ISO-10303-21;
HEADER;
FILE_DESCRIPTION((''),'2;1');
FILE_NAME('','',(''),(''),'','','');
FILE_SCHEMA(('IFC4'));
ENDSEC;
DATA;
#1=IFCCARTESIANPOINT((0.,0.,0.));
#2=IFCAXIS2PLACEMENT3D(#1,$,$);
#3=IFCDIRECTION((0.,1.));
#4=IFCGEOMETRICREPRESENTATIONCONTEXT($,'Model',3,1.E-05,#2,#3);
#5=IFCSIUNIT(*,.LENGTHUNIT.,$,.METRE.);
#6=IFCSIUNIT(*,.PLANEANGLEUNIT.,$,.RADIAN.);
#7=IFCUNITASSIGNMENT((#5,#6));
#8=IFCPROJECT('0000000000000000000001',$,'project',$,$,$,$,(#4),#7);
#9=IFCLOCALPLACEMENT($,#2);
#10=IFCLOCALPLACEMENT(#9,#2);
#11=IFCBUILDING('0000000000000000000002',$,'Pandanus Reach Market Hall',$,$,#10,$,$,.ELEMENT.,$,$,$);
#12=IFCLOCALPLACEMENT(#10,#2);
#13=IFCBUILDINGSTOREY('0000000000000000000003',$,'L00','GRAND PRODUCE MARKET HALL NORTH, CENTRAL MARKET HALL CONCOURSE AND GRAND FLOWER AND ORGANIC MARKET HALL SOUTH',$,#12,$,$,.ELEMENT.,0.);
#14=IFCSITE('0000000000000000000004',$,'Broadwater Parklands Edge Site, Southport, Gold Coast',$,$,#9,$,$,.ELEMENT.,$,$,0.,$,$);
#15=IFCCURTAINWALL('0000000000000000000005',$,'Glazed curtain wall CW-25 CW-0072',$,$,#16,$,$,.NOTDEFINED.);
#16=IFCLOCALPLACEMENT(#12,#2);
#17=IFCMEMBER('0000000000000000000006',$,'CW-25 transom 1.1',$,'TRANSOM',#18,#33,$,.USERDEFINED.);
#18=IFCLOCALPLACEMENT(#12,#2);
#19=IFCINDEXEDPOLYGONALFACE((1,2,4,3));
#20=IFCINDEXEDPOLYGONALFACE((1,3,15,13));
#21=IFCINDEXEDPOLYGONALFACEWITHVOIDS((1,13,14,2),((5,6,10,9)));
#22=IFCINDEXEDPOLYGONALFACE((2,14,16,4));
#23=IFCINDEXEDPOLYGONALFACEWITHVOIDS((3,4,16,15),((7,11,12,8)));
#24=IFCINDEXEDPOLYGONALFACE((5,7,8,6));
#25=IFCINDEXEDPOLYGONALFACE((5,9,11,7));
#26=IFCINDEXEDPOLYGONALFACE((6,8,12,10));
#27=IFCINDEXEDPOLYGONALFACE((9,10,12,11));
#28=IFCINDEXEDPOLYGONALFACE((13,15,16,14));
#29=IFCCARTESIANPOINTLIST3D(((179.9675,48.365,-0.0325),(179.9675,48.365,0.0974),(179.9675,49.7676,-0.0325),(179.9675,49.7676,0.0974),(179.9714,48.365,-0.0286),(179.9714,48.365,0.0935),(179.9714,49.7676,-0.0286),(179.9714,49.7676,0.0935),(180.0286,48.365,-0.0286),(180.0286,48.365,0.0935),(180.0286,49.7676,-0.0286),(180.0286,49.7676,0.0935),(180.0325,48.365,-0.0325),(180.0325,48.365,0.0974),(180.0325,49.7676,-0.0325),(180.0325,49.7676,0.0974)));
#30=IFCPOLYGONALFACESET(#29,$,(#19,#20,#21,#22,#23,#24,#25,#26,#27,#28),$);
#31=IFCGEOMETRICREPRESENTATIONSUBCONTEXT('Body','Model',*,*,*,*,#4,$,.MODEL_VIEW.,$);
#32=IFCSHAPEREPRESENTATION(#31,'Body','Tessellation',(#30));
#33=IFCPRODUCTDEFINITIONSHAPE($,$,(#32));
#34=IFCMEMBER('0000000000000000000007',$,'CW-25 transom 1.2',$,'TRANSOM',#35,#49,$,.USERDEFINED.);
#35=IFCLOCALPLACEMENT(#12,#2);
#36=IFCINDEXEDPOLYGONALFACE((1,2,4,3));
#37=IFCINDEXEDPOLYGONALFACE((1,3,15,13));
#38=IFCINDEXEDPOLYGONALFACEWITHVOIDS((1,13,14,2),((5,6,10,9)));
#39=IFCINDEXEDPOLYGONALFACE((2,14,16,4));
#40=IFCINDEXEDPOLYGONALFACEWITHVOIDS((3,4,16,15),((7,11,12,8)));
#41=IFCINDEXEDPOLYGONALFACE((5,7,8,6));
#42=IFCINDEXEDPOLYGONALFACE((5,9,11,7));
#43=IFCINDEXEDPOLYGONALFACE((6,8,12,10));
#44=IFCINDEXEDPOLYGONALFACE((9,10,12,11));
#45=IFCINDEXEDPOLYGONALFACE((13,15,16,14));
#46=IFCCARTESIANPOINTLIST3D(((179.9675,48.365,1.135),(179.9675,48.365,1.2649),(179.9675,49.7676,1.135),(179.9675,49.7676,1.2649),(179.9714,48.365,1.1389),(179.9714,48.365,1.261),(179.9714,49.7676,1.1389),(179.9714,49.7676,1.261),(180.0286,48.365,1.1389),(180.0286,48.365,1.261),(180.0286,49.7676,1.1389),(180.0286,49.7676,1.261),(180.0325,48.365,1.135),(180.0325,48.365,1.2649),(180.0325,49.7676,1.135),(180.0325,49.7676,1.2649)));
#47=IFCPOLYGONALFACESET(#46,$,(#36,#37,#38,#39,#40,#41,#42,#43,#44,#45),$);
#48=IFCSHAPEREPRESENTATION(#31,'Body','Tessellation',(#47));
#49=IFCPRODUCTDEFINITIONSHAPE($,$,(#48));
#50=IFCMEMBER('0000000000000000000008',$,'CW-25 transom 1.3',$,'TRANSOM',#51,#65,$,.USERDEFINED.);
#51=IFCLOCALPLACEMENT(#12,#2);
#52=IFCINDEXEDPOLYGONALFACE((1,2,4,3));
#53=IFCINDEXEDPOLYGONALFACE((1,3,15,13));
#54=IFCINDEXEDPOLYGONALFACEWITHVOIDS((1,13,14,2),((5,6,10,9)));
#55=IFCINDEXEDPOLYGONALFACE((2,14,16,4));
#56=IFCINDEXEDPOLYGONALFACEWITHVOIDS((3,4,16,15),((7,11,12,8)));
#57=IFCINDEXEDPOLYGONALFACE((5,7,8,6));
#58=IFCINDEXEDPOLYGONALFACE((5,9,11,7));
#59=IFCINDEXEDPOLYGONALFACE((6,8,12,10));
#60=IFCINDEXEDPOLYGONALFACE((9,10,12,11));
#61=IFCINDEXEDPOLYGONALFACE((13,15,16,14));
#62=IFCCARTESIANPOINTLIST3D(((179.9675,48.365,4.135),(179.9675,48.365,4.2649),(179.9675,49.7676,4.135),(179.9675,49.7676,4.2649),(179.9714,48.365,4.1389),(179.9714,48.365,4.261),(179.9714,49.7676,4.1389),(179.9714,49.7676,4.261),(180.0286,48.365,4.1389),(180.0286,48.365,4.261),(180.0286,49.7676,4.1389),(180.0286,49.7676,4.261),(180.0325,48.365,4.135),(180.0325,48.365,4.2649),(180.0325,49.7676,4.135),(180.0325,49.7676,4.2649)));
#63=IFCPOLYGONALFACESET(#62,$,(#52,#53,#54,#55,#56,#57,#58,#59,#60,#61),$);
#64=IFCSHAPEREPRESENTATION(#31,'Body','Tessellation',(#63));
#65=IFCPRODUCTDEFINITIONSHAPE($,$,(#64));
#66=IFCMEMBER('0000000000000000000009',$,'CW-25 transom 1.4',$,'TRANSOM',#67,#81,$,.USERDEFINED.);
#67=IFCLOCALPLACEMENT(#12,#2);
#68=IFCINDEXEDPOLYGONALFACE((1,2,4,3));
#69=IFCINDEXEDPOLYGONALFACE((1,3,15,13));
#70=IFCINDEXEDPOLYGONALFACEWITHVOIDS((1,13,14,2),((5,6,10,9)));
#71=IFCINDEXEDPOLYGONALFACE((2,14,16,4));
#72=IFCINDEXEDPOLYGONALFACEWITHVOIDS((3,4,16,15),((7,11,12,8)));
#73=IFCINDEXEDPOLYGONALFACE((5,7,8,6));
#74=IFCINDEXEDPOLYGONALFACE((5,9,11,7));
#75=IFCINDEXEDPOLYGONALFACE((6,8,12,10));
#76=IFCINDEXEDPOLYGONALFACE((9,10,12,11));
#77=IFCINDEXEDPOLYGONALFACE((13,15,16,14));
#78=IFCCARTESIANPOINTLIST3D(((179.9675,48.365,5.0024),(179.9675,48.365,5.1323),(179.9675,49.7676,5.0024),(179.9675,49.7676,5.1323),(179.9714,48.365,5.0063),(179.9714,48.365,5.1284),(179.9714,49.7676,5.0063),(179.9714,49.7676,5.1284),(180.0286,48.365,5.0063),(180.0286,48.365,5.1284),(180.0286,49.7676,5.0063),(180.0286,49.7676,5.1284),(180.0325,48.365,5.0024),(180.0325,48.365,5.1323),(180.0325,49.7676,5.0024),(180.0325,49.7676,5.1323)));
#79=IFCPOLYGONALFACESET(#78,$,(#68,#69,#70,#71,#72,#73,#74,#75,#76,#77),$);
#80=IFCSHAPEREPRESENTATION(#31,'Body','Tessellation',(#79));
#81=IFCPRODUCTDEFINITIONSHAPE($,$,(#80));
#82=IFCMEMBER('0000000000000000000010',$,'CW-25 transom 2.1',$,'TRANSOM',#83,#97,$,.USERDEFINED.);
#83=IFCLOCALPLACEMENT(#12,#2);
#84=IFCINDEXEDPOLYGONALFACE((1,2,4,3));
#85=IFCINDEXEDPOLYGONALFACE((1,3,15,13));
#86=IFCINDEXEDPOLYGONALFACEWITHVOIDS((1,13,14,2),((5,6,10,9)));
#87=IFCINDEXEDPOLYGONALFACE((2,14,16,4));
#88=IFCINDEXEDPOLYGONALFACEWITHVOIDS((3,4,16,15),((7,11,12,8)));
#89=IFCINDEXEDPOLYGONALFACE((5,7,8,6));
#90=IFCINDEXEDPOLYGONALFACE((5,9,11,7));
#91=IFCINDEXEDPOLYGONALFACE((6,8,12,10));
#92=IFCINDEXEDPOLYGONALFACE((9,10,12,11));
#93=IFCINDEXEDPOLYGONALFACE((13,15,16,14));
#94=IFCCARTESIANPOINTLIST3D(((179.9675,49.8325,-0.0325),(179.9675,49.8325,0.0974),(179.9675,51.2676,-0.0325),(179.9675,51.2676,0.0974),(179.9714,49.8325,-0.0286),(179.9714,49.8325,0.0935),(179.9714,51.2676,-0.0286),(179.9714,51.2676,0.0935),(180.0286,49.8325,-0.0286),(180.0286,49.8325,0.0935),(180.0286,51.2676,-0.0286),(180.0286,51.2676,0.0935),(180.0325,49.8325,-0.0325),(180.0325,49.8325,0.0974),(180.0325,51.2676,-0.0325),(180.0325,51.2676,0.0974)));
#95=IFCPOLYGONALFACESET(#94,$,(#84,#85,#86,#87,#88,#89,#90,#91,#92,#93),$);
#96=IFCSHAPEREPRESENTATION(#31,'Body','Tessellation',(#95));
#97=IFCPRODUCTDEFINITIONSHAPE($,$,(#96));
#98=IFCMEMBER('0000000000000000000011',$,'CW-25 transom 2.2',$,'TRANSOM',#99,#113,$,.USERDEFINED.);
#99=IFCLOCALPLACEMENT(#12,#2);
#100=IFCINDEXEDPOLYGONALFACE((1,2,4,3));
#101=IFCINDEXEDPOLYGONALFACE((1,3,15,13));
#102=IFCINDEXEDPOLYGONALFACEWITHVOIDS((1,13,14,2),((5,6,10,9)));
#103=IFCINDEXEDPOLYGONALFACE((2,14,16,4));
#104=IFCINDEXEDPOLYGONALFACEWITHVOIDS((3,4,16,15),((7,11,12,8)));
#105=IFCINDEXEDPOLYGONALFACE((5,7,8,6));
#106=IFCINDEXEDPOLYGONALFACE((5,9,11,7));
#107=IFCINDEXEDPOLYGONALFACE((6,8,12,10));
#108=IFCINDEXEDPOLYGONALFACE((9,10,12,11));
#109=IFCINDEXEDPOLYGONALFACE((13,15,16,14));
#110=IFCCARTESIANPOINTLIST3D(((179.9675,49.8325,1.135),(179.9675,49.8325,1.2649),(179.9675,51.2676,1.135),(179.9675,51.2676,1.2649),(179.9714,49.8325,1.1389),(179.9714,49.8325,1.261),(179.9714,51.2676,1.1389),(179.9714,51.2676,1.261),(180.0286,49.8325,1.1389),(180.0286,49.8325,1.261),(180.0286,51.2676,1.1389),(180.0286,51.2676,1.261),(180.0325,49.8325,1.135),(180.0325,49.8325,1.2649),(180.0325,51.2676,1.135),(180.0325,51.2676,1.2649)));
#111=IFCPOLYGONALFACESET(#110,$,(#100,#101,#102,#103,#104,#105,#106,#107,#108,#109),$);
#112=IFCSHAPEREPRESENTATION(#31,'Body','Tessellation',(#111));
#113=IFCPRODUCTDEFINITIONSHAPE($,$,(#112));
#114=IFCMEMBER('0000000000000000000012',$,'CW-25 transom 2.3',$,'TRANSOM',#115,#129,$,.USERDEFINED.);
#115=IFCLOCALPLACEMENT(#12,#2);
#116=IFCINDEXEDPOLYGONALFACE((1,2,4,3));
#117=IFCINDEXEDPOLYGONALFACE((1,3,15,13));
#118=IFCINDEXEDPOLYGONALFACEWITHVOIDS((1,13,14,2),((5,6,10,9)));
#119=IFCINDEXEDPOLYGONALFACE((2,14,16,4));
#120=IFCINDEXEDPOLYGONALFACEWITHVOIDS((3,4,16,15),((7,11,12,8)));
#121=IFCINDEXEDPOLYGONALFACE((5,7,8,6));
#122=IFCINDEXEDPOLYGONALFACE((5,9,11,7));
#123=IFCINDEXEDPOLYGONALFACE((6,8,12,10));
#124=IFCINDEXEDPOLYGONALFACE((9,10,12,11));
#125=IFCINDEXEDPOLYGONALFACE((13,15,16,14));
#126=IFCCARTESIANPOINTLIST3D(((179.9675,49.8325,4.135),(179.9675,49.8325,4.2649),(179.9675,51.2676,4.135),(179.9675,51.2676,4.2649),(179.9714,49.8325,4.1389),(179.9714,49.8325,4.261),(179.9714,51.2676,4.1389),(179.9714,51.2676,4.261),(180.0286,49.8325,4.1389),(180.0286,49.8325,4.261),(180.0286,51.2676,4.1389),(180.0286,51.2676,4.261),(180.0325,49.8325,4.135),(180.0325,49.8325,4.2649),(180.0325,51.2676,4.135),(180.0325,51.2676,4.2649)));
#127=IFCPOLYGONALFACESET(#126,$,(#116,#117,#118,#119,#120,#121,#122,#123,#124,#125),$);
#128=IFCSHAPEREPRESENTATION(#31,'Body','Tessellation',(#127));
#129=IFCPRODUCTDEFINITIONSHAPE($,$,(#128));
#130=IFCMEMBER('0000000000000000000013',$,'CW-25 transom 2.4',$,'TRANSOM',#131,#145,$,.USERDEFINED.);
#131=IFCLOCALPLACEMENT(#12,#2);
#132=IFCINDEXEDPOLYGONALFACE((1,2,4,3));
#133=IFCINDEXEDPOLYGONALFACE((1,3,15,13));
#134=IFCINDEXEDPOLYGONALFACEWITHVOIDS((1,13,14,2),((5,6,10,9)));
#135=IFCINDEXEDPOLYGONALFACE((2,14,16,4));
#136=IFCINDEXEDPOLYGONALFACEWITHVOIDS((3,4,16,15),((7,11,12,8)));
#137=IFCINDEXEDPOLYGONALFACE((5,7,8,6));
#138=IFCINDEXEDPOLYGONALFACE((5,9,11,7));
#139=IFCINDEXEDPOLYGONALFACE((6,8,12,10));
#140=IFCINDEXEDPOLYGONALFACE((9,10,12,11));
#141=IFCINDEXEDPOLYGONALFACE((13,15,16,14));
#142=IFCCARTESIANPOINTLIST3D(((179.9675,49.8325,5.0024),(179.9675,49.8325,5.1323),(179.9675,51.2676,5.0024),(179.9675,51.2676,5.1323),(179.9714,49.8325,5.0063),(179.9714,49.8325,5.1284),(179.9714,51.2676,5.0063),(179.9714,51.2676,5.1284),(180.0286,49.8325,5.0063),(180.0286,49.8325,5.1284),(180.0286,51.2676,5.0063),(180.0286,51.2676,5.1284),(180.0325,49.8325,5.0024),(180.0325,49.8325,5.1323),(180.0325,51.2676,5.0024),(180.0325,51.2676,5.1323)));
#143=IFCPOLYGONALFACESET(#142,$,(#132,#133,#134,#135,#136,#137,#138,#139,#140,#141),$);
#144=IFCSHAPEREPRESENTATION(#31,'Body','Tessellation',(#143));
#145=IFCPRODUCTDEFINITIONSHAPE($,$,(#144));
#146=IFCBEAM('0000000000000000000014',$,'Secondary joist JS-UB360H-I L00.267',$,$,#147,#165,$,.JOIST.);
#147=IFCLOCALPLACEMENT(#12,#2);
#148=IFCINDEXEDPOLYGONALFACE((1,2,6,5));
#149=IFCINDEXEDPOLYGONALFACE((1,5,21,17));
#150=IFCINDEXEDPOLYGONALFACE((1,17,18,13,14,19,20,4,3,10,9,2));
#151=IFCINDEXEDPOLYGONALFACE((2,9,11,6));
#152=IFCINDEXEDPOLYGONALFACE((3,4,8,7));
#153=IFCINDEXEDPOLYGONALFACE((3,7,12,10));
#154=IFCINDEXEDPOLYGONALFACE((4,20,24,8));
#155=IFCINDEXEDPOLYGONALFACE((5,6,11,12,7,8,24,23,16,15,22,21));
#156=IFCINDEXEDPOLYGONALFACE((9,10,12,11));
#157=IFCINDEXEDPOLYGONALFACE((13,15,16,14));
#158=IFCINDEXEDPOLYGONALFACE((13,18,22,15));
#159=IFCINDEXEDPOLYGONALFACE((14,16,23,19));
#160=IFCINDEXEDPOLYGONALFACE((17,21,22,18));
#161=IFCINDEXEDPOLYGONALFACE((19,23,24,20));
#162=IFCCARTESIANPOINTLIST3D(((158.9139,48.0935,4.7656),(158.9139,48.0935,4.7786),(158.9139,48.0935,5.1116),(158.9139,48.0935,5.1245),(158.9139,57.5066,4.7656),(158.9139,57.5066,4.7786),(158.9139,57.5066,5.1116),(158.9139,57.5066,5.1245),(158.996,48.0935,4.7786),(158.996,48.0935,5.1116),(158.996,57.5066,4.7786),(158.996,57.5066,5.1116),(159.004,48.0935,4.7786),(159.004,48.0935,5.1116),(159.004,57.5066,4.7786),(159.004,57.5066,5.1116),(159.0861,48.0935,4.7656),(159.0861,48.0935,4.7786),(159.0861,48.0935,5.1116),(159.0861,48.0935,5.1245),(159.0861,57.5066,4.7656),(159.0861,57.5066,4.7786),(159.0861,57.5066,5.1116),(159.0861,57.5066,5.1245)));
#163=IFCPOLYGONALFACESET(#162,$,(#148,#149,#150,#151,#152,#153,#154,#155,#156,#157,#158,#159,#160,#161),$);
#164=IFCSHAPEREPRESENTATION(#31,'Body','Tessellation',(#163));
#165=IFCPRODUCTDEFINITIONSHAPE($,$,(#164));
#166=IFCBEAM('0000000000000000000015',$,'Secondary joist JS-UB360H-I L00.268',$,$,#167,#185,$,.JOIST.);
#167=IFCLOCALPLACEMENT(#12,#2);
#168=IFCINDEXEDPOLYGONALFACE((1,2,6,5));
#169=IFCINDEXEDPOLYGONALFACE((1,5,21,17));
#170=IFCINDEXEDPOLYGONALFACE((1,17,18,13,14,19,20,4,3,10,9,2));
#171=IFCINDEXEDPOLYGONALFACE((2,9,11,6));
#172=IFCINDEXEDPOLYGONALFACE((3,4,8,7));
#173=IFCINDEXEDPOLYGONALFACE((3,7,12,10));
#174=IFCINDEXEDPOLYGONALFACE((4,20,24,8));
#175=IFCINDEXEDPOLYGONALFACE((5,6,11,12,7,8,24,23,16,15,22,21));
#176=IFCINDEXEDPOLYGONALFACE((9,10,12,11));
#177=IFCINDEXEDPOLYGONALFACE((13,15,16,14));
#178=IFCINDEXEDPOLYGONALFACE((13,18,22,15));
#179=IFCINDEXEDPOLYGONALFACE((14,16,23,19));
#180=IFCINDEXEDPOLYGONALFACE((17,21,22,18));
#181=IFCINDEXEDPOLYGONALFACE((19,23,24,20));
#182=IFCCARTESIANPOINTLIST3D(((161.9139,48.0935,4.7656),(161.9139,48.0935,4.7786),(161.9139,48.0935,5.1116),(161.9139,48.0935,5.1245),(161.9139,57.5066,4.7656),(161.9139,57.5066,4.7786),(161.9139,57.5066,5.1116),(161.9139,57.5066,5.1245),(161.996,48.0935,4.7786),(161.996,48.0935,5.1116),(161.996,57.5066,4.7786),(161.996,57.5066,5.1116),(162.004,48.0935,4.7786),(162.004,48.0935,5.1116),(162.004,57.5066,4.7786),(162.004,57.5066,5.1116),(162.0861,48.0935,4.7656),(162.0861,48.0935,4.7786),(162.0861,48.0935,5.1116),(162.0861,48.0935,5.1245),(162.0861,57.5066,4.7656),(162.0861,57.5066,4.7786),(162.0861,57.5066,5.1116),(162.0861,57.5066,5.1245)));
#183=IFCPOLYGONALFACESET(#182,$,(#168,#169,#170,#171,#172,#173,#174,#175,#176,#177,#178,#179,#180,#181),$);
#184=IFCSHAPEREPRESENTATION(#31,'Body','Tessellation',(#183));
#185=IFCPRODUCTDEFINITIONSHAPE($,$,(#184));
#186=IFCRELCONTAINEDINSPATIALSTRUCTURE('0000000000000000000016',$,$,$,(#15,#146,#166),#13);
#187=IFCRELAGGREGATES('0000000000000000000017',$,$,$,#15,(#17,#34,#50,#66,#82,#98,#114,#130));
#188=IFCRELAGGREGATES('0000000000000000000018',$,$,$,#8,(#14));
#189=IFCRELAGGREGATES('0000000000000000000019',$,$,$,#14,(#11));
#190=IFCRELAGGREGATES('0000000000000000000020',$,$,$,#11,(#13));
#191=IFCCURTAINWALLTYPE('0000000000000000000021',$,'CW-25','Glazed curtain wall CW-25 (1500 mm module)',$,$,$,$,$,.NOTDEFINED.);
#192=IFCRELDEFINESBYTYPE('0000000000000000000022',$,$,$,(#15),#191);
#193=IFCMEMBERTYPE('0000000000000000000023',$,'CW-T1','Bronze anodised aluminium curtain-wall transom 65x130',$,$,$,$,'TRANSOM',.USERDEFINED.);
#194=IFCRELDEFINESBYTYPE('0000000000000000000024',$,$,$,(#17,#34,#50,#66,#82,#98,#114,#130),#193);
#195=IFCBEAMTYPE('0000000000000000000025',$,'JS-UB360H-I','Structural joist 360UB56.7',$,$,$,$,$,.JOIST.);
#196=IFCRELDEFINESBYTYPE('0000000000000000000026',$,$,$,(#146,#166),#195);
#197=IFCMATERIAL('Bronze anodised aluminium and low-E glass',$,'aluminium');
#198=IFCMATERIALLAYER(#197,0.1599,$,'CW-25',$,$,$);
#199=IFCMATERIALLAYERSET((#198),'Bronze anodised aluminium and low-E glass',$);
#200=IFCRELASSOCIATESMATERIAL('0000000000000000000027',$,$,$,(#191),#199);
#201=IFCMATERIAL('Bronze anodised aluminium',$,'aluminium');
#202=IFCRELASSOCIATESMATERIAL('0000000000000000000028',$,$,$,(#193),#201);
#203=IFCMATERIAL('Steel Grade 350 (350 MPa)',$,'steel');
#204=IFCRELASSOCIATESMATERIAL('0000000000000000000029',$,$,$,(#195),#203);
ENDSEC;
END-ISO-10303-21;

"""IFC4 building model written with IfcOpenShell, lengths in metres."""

from ifc_helpers import new_model, si_unit, direction, frame, origin, origin_2d, place, context, subcontext, project, spatial, hollow_rectangle, i_section, extrude, material, layer, layer_set, material_profile, profile_set, type_object, element, aggregate, save


model = new_model("IFC4")

# Units and contexts
model_context = context("Model", 3, precision=1e-05, world=origin(), true_north=direction((0.0, 1.0)))
body_context = subcontext(model_context, "Body", "Model", "MODEL_VIEW")
ifc_project = project(units=[si_unit("LENGTHUNIT", "METRE"), si_unit("PLANEANGLEUNIT", "RADIAN")], contexts=[model_context])

# Site, building, storey
site_placement = place(None, origin())
site = spatial("IfcSite", under=ifc_project, at=site_placement, Name="Broadwater Parklands Edge Site, Southport, Gold Coast", CompositionType="ELEMENT", RefElevation=0.0)
building_placement = place(site_placement, origin())
building = spatial("IfcBuilding", under=site, at=building_placement, Name="Pandanus Reach Market Hall", CompositionType="ELEMENT")
storey_placement = place(building_placement, origin())
storey = spatial("IfcBuildingStorey", under=building, at=storey_placement, Name="L00", Description="GRAND PRODUCE MARKET HALL NORTH, CENTRAL MARKET HALL CONCOURSE AND GRAND FLOWER AND ORGANIC MARKET HALL SOUTH", CompositionType="ELEMENT", Elevation=0.0)

# Shared definitions
ifc_material_1 = material(Name="Steel Grade 350 (350 MPa)", Category="steel")

# Curtain wall, members
ifc_material_2 = material(Name="Bronze anodised aluminium and low-E glass", Category="aluminium")
ifc_layer_1 = layer(ifc_material_2, 0.1599, Name="CW-25")
ifc_layer_set_1 = layer_set([ifc_layer_1], Name="Bronze anodised aluminium and low-E glass")
curtain_wall_type = type_object("IfcCurtainWallType", Name="CW-25", Description="Glazed curtain wall CW-25 (1500 mm module)", PredefinedType="NOTDEFINED", material=ifc_layer_set_1)
curtain_wall_placement = place(storey_placement, origin())
curtain_wall = element("IfcCurtainWall", 1, at=curtain_wall_placement, inside=storey, type_object=curtain_wall_type, Name="Glazed curtain wall CW-25 CW-0072", PredefinedType="NOTDEFINED")
ifc_material_3 = material(Name="Bronze anodised aluminium", Category="aluminium")
ifc_material_profile_1 = material_profile(ifc_material_3, hollow_rectangle(XDim=0.0649, YDim=0.1299, WallThickness=0.0039, at=origin_2d()), Name="ALU65x130", Category="LoadBearing")
ifc_profile_set_1 = profile_set([ifc_material_profile_1], Name="Bronze anodised aluminium")
member_type_1 = type_object("IfcMemberType", Name="CW-T1", Description="Bronze anodised aluminium curtain-wall transom 65x130", ElementType="TRANSOM", PredefinedType="USERDEFINED", material=ifc_profile_set_1)
member_1_placement = place(storey_placement, frame((180.0, 48.365, 0.0325), z_axis=(0.0, 1.0, 0.0), x_axis=(-1.0, 0.0, 0.0)))
member_1 = element("IfcMember", 2, at=member_1_placement, type_object=member_type_1, Name="CW-25 transom 1.1", ObjectType="TRANSOM", PredefinedType="USERDEFINED", context=body_context, shape_type="SweptSolid", body=[
    extrude(hollow_rectangle(XDim=0.0649, YDim=0.1299, WallThickness=0.0039, at=origin_2d()), origin(), (0.0, 0.0, 1.0), 1.4026),
])
member_2_placement = place(storey_placement, frame((180.0, 48.365, 1.2), z_axis=(0.0, 1.0, 0.0), x_axis=(-1.0, 0.0, 0.0)))
member_2 = element("IfcMember", 3, at=member_2_placement, type_object=member_type_1, Name="CW-25 transom 1.2", ObjectType="TRANSOM", PredefinedType="USERDEFINED", context=body_context, shape_type="SweptSolid", body=[
    extrude(hollow_rectangle(XDim=0.0649, YDim=0.1299, WallThickness=0.0039, at=origin_2d()), origin(), (0.0, 0.0, 1.0), 1.4026),
])
member_3_placement = place(storey_placement, frame((180.0, 48.365, 4.2), z_axis=(0.0, 1.0, 0.0), x_axis=(-1.0, 0.0, 0.0)))
member_3 = element("IfcMember", 4, at=member_3_placement, type_object=member_type_1, Name="CW-25 transom 1.3", ObjectType="TRANSOM", PredefinedType="USERDEFINED", context=body_context, shape_type="SweptSolid", body=[
    extrude(hollow_rectangle(XDim=0.0649, YDim=0.1299, WallThickness=0.0039, at=origin_2d()), origin(), (0.0, 0.0, 1.0), 1.4026),
])
member_4_placement = place(storey_placement, frame((180.0, 48.365, 5.0674), z_axis=(0.0, 1.0, 0.0), x_axis=(-1.0, 0.0, 0.0)))
member_4 = element("IfcMember", 5, at=member_4_placement, type_object=member_type_1, Name="CW-25 transom 1.4", ObjectType="TRANSOM", PredefinedType="USERDEFINED", context=body_context, shape_type="SweptSolid", body=[
    extrude(hollow_rectangle(XDim=0.0649, YDim=0.1299, WallThickness=0.0039, at=origin_2d()), origin(), (0.0, 0.0, 1.0), 1.4026),
])
member_5_placement = place(storey_placement, frame((180.0, 49.8325, 0.0325), z_axis=(0.0, 1.0, 0.0), x_axis=(-1.0, 0.0, 0.0)))
member_5 = element("IfcMember", 6, at=member_5_placement, type_object=member_type_1, Name="CW-25 transom 2.1", ObjectType="TRANSOM", PredefinedType="USERDEFINED", context=body_context, shape_type="SweptSolid", body=[
    extrude(hollow_rectangle(XDim=0.0649, YDim=0.1299, WallThickness=0.0039, at=origin_2d()), origin(), (0.0, 0.0, 1.0), 1.4351),
])
member_6_placement = place(storey_placement, frame((180.0, 49.8325, 1.2), z_axis=(0.0, 1.0, 0.0), x_axis=(-1.0, 0.0, 0.0)))
member_6 = element("IfcMember", 7, at=member_6_placement, type_object=member_type_1, Name="CW-25 transom 2.2", ObjectType="TRANSOM", PredefinedType="USERDEFINED", context=body_context, shape_type="SweptSolid", body=[
    extrude(hollow_rectangle(XDim=0.0649, YDim=0.1299, WallThickness=0.0039, at=origin_2d()), origin(), (0.0, 0.0, 1.0), 1.4351),
])
member_7_placement = place(storey_placement, frame((180.0, 49.8325, 4.2), z_axis=(0.0, 1.0, 0.0), x_axis=(-1.0, 0.0, 0.0)))
member_7 = element("IfcMember", 8, at=member_7_placement, type_object=member_type_1, Name="CW-25 transom 2.3", ObjectType="TRANSOM", PredefinedType="USERDEFINED", context=body_context, shape_type="SweptSolid", body=[
    extrude(hollow_rectangle(XDim=0.0649, YDim=0.1299, WallThickness=0.0039, at=origin_2d()), origin(), (0.0, 0.0, 1.0), 1.4351),
])
member_8_placement = place(storey_placement, frame((180.0, 49.8325, 5.0674), z_axis=(0.0, 1.0, 0.0), x_axis=(-1.0, 0.0, 0.0)))
member_8 = element("IfcMember", 9, at=member_8_placement, type_object=member_type_1, Name="CW-25 transom 2.4", ObjectType="TRANSOM", PredefinedType="USERDEFINED", context=body_context, shape_type="SweptSolid", body=[
    extrude(hollow_rectangle(XDim=0.0649, YDim=0.1299, WallThickness=0.0039, at=origin_2d()), origin(), (0.0, 0.0, 1.0), 1.4351),
])

# Beams
ifc_material_profile_2 = material_profile(ifc_material_1, i_section(OverallWidth=0.1721, OverallDepth=0.3589, WebThickness=0.0081, FlangeThickness=0.0129, at=origin_2d()), Name="360UB56.7", Category="LoadBearing")
ifc_profile_set_2 = profile_set([ifc_material_profile_2], Name="Steel Grade 350 (350 MPa)")
beam_type_1 = type_object("IfcBeamType", Name="JS-UB360H-I", Description="Structural joist 360UB56.7", PredefinedType="JOIST", material=ifc_profile_set_2)
for number, where, z_axis, x_axis, name in (
    (10, (159.0, 48.0935, 4.9451), (0.0, 1.0, 0.0), (-1.0, 0.0, 0.0), "Secondary joist JS-UB360H-I L00.267"),
    (11, (162.0, 48.0935, 4.9451), (0.0, 1.0, 0.0), (-1.0, 0.0, 0.0), "Secondary joist JS-UB360H-I L00.268"),
):
    element("IfcBeam", number, at=place(storey_placement, frame(where, z_axis=z_axis, x_axis=x_axis)), inside=storey, type_object=beam_type_1, Name=name, PredefinedType="JOIST", context=body_context, shape_type="SweptSolid", body=[
        extrude(i_section(OverallWidth=0.1721, OverallDepth=0.3589, WebThickness=0.0081, FlangeThickness=0.0129, at=origin_2d()), origin(), (0.0, 0.0, 1.0), 9.4131),
    ])

aggregate(curtain_wall, [member_1, member_2, member_3, member_4, member_5, member_6, member_7, member_8])

save(model, "model.ifc")
